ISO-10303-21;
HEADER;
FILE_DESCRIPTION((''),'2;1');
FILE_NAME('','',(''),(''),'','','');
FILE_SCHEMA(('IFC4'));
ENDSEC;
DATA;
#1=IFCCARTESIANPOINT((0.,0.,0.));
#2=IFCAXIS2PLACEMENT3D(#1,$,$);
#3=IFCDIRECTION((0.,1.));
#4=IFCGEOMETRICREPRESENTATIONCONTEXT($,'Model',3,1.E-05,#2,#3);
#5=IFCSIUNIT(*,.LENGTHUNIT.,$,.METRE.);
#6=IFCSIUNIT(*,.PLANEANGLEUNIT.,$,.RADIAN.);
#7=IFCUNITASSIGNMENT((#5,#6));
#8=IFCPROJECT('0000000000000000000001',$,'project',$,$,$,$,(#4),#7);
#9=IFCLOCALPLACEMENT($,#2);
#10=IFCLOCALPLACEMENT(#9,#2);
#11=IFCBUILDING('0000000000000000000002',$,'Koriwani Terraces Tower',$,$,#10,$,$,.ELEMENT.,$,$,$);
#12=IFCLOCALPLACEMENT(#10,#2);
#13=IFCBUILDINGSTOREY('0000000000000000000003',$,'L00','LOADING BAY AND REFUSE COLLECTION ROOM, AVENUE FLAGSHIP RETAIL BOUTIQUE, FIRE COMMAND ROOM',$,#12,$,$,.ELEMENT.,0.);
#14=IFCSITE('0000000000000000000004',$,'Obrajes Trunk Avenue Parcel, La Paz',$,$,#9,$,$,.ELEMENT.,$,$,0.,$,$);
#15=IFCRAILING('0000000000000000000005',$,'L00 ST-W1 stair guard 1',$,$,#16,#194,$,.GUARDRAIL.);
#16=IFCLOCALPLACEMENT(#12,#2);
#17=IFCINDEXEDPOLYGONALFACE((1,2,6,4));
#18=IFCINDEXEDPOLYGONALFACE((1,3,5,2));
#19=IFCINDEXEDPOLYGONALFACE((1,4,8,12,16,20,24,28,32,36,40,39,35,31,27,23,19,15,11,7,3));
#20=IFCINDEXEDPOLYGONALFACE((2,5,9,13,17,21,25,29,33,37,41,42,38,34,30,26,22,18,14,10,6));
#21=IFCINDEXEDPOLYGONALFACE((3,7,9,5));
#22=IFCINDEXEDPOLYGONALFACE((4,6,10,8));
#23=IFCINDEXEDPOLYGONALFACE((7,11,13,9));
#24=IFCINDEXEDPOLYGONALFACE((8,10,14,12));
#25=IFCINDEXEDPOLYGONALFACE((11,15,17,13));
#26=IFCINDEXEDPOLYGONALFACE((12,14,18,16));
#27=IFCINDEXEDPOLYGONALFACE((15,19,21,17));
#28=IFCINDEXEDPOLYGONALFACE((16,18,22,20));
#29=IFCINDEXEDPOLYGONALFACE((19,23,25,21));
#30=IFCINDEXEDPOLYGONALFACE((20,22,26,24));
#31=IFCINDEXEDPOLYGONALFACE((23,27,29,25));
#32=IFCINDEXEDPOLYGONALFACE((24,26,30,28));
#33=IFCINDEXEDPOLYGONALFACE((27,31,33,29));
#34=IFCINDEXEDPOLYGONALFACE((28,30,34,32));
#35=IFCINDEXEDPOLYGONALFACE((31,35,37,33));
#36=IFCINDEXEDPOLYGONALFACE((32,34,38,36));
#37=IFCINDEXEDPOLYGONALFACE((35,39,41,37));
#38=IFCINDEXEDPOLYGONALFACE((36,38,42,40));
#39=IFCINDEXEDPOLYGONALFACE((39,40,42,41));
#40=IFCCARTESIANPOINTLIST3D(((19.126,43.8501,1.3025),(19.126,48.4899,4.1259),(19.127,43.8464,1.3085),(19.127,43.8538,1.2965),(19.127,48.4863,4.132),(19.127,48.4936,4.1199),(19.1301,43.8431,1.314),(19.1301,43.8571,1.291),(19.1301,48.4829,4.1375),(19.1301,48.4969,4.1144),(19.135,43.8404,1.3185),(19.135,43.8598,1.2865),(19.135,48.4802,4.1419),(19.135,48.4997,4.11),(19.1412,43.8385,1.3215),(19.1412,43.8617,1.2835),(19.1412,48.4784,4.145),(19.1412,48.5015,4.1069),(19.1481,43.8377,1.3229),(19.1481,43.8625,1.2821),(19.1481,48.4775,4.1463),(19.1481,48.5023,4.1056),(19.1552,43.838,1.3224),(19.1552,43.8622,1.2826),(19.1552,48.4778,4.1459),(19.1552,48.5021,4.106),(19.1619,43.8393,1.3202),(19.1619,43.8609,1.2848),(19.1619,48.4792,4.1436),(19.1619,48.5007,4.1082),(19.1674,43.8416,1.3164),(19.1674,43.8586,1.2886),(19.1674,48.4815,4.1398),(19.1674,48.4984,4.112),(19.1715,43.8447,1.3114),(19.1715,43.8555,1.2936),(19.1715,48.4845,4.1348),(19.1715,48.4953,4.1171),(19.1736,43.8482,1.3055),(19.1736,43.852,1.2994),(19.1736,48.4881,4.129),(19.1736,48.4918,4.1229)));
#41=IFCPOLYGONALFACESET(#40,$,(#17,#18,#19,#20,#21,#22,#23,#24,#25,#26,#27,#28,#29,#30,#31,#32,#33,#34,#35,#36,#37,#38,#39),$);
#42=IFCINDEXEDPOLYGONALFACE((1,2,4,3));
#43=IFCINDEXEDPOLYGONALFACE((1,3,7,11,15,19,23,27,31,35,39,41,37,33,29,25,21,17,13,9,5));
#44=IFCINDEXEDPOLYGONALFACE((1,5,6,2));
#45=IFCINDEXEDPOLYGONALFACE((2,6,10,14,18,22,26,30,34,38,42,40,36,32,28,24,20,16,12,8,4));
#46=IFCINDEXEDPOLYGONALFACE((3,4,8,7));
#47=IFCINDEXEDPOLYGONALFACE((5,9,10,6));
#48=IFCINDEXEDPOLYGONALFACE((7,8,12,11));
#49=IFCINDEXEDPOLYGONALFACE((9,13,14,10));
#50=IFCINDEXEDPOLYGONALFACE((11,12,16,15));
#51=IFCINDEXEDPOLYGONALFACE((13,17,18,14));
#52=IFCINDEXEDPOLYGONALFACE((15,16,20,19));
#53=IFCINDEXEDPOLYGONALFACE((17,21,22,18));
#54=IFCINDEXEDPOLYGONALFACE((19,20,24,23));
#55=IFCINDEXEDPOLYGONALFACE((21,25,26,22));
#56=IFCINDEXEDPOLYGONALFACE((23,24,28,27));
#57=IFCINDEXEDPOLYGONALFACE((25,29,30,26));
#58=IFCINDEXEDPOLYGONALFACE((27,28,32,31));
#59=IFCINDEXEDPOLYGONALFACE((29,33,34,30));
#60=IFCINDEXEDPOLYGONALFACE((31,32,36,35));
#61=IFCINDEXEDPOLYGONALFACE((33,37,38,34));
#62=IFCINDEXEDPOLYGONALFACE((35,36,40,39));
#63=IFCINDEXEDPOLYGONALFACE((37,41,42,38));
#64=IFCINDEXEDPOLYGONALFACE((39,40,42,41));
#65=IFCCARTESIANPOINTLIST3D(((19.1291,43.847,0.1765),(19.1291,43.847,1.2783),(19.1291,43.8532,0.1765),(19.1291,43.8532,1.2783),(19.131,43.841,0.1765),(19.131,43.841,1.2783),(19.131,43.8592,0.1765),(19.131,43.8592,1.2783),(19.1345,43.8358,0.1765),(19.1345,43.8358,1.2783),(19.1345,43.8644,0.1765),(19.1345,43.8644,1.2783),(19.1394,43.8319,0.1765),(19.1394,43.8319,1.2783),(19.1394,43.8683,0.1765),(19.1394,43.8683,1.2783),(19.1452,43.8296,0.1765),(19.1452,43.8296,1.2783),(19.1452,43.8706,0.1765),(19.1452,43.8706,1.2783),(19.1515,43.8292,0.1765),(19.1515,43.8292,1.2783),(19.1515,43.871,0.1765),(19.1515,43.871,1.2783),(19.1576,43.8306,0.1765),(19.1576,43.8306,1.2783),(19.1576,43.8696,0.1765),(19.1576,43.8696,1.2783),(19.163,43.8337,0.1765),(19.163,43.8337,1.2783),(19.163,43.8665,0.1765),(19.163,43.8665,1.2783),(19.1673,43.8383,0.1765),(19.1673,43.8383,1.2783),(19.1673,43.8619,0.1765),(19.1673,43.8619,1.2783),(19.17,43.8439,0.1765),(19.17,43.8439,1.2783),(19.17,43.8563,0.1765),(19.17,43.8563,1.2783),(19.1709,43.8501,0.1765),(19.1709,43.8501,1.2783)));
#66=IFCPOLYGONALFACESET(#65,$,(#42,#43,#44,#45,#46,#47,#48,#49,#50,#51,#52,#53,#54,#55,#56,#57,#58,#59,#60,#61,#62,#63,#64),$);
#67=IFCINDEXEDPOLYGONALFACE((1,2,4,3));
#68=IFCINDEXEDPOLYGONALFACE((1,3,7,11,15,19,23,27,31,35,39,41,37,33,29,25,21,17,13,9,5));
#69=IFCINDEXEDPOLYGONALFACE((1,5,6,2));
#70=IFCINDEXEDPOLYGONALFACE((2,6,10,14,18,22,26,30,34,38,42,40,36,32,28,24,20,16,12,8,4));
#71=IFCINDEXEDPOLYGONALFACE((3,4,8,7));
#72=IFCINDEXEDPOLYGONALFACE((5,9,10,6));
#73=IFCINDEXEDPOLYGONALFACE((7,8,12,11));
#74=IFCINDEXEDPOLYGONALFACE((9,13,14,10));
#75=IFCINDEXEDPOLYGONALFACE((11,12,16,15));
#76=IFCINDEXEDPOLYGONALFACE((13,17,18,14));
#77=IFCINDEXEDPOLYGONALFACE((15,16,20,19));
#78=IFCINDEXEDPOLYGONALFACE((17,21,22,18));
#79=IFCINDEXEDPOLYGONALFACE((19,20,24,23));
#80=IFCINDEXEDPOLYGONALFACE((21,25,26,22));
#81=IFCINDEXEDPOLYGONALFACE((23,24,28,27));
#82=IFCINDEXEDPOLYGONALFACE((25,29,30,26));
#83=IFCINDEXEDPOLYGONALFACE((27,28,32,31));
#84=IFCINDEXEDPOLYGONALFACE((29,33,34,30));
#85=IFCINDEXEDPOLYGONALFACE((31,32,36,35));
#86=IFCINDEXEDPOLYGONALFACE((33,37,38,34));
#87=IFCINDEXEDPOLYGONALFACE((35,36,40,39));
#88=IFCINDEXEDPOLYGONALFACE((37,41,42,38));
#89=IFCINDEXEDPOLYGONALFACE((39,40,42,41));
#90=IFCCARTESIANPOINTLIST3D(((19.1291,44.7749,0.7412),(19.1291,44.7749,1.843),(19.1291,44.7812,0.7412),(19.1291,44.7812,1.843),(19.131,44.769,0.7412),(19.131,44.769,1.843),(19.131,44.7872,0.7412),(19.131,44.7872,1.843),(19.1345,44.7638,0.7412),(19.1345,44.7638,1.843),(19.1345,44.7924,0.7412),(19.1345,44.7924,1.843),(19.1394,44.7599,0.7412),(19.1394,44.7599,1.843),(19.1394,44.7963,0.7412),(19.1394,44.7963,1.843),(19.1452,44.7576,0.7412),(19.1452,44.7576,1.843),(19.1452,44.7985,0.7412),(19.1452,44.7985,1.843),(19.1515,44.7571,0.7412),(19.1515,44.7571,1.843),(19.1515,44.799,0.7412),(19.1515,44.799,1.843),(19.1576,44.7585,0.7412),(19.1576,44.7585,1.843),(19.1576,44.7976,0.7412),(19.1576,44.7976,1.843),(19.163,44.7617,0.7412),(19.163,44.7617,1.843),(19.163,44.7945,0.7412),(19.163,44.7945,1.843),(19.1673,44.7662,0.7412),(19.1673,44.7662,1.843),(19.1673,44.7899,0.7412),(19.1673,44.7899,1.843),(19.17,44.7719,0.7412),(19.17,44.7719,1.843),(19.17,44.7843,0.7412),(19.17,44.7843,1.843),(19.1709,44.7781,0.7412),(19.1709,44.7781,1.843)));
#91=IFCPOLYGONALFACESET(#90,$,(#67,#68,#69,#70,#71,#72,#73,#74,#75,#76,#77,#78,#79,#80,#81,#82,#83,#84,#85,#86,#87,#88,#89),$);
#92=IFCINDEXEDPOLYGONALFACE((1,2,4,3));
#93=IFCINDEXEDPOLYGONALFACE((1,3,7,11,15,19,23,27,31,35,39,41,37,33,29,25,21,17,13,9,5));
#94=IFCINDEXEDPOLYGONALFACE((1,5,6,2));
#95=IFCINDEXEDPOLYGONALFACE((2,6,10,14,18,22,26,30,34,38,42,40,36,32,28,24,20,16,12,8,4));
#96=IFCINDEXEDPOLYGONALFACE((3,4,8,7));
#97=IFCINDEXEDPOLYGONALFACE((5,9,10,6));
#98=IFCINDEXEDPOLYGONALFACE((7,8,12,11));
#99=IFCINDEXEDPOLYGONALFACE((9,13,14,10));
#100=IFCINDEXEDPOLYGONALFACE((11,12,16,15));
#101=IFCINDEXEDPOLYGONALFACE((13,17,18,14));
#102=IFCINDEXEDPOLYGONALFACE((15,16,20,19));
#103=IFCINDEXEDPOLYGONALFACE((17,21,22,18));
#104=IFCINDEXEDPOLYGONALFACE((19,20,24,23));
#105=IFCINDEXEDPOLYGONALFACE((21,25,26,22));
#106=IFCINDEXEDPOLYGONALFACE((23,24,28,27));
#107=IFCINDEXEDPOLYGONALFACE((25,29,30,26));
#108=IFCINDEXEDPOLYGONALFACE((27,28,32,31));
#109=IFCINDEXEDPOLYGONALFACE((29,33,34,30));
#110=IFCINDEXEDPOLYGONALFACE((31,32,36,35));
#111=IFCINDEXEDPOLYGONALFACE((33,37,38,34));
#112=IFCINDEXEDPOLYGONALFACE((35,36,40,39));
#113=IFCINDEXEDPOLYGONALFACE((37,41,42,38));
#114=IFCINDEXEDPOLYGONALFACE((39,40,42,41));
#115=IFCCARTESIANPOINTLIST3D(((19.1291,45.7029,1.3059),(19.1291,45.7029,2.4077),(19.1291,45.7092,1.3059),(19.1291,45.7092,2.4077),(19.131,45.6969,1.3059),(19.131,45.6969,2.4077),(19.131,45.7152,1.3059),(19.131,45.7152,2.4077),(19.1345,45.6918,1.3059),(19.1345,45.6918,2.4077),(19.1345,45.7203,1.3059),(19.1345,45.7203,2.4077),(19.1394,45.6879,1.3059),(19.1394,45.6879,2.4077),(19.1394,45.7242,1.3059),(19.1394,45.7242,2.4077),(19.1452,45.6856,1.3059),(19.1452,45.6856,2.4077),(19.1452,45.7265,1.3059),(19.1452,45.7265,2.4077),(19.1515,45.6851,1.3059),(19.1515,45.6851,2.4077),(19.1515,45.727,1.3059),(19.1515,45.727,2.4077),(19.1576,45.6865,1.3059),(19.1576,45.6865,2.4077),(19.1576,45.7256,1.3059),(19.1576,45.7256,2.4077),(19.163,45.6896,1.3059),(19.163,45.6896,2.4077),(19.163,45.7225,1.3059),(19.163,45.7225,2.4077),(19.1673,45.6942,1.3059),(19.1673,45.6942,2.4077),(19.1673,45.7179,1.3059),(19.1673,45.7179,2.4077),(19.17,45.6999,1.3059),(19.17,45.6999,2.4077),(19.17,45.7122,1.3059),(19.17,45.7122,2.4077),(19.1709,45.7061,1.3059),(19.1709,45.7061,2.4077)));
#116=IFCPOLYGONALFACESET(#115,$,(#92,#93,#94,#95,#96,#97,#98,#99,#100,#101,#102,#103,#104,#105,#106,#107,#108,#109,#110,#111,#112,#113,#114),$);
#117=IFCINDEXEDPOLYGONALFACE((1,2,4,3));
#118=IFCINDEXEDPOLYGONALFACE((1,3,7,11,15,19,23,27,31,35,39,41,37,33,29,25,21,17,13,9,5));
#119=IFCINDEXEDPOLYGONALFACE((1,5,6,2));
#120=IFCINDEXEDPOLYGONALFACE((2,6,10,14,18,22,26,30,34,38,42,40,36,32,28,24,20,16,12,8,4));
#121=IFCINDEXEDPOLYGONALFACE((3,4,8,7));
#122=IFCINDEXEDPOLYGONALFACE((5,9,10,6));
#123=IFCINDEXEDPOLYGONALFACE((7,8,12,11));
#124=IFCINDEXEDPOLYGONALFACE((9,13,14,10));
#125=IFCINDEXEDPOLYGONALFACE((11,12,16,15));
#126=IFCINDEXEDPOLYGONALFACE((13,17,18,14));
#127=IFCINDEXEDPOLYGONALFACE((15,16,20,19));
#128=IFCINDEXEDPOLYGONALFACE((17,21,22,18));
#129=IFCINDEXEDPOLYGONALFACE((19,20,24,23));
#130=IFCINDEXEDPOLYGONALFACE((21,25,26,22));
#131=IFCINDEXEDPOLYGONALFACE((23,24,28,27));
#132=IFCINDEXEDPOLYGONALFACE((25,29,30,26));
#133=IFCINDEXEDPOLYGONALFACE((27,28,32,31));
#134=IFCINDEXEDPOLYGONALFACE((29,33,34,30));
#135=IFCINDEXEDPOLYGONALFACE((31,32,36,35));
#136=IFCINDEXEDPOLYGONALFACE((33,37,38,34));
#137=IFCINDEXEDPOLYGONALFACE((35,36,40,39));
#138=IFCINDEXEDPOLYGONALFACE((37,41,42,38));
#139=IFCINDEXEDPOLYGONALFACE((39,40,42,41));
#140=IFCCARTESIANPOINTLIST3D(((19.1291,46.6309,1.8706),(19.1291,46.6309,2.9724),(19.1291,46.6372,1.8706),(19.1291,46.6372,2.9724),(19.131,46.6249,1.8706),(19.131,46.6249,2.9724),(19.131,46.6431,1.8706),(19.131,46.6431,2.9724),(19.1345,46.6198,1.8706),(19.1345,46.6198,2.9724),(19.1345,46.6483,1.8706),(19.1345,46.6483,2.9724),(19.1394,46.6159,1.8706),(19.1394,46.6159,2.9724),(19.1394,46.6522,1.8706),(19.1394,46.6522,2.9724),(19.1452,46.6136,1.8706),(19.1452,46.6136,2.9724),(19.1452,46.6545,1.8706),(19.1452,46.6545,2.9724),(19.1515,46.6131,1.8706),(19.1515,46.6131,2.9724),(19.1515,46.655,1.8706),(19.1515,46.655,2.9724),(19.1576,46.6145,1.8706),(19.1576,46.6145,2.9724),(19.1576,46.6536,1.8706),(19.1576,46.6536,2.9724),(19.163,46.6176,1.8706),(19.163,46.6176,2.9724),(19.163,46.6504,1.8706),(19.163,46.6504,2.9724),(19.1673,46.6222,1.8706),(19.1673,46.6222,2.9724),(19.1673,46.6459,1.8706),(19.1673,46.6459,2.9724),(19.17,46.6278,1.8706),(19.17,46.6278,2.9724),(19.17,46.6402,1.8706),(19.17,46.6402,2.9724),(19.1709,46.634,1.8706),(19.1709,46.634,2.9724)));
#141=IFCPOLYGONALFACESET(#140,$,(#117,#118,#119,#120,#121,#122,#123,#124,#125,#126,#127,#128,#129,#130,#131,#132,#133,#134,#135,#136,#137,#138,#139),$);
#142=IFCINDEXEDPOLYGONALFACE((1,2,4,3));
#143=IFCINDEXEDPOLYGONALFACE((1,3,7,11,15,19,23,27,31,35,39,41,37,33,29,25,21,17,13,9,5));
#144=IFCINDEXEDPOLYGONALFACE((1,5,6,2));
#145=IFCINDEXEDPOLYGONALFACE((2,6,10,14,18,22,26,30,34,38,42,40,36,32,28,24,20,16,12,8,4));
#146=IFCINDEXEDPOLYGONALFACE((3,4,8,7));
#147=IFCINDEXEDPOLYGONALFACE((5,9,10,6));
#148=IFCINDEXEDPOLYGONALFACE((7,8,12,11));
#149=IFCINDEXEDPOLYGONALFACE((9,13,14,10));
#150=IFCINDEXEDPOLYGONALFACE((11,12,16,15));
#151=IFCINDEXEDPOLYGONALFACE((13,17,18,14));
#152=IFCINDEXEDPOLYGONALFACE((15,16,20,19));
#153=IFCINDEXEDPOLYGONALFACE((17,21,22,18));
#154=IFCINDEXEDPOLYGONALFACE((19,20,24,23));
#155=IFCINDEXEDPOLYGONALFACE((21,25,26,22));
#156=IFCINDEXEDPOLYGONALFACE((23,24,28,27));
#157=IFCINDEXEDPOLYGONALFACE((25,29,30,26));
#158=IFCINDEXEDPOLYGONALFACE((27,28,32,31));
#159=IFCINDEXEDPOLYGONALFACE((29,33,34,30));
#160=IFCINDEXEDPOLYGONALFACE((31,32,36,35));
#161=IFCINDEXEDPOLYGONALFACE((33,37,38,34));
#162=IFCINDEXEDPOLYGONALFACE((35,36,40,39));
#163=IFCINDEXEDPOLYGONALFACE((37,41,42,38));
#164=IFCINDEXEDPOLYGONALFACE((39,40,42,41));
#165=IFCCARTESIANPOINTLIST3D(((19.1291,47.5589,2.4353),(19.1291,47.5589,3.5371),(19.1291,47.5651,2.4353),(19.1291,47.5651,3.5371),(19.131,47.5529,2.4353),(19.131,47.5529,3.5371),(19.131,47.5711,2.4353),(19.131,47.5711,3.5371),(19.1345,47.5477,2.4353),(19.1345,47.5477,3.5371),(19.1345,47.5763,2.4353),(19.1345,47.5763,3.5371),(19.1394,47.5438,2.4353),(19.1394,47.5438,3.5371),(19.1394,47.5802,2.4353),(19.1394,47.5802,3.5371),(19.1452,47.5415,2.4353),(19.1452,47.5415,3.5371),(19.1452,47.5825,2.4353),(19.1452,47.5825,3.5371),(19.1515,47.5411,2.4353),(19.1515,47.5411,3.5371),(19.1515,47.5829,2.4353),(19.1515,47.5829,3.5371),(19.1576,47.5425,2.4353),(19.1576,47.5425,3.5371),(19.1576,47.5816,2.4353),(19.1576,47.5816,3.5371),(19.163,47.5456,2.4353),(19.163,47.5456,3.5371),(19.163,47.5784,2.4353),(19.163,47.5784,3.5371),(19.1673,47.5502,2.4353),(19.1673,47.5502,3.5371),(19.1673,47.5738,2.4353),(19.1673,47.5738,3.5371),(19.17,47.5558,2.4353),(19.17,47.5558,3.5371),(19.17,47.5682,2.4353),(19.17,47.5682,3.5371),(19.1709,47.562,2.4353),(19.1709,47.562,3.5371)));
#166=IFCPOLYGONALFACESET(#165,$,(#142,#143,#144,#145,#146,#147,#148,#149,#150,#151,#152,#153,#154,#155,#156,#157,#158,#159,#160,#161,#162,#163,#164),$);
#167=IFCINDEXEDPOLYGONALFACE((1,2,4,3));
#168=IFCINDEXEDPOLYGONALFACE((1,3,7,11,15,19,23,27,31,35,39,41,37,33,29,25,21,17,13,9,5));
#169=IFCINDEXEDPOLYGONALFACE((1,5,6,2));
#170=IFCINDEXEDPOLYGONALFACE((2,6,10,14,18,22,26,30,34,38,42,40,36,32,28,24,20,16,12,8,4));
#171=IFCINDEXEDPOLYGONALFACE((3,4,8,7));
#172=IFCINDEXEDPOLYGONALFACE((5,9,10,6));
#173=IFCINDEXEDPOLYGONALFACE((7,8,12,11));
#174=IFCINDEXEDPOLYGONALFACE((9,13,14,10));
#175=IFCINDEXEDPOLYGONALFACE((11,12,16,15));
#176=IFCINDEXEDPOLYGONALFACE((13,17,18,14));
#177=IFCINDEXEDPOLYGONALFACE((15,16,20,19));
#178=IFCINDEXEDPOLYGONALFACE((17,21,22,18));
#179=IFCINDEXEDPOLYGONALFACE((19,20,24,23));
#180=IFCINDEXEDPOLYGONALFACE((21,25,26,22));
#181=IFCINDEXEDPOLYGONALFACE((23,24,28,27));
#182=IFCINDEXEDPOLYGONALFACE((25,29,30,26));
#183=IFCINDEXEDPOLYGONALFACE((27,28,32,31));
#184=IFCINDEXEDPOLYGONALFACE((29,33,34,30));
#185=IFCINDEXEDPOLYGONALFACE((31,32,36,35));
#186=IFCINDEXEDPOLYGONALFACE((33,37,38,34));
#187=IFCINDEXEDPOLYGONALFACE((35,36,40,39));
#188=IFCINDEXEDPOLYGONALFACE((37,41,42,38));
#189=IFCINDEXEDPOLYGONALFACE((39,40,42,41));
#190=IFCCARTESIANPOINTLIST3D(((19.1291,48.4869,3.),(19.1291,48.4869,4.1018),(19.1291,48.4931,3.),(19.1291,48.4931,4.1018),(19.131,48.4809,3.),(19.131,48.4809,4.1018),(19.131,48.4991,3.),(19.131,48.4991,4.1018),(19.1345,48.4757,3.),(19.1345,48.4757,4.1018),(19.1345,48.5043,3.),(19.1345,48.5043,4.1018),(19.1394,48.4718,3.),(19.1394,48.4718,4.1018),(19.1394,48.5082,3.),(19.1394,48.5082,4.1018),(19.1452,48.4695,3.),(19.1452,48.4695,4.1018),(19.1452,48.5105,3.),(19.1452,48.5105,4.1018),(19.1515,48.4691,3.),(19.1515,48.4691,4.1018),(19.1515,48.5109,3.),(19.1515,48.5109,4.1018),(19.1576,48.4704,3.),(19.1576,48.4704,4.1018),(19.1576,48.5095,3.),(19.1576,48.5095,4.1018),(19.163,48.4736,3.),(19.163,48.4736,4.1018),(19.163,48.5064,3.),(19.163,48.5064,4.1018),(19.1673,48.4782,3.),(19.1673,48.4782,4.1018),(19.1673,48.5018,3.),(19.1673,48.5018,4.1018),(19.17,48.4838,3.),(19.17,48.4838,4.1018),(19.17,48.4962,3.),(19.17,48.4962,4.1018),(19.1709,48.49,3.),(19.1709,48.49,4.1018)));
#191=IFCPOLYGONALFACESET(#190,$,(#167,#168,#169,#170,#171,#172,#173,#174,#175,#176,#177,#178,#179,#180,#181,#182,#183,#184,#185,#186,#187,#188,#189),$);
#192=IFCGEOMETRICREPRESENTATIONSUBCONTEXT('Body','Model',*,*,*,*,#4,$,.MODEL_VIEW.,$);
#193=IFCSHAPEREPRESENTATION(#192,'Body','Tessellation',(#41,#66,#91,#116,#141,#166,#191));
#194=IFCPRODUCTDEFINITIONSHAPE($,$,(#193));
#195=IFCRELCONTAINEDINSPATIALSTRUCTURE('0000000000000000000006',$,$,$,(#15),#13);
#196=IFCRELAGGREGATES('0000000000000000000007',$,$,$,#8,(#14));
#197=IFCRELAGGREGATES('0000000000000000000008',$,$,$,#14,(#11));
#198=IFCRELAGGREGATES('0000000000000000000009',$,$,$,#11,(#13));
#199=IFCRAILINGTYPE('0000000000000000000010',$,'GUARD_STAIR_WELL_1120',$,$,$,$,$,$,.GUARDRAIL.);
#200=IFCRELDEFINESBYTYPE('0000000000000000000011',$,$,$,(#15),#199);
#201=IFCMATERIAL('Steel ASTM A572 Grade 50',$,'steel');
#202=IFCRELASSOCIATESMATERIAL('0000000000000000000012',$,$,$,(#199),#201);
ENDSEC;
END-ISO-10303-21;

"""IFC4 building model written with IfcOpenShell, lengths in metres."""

from ifc_helpers import new_model, si_unit, direction, frame, origin, origin_2d, place, context, subcontext, project, spatial, circle, extrude, material, type_object, element, save


model = new_model("IFC4")

# Units and contexts
model_context = context("Model", 3, precision=1e-05, world=origin(), true_north=direction((0.0, 1.0)))
body_context = subcontext(model_context, "Body", "Model", "MODEL_VIEW")
ifc_project = project(units=[si_unit("LENGTHUNIT", "METRE"), si_unit("PLANEANGLEUNIT", "RADIAN")], contexts=[model_context])

# Site, building, storey
site_placement = place(None, origin())
site = spatial("IfcSite", under=ifc_project, at=site_placement, Name="Obrajes Trunk Avenue Parcel, La Paz", CompositionType="ELEMENT", RefElevation=0.0)
building_placement = place(site_placement, origin())
building = spatial("IfcBuilding", under=site, at=building_placement, Name="Koriwani Terraces Tower", CompositionType="ELEMENT")
storey_placement = place(building_placement, origin())
storey = spatial("IfcBuildingStorey", under=building, at=storey_placement, Name="L00", Description="LOADING BAY AND REFUSE COLLECTION ROOM, AVENUE FLAGSHIP RETAIL BOUTIQUE, FIRE COMMAND ROOM", CompositionType="ELEMENT", Elevation=0.0)

# Shared definitions
ifc_material_1 = material(Name="Steel ASTM A572 Grade 50", Category="steel")

# Railing
railing_type_1 = type_object("IfcRailingType", Name="GUARD_STAIR_WELL_1120", PredefinedType="GUARDRAIL", material=ifc_material_1)
railing_1_placement = place(storey_placement, frame((19.1499, 43.8501, 0.1765)))
element("IfcRailing", 1, at=railing_1_placement, inside=storey, type_object=railing_type_1, Name="L00 ST-W1 stair guard 1", PredefinedType="GUARDRAIL", context=body_context, shape_type="SweptSolid", body=[
    extrude(circle(Radius=0.0239, at=origin_2d()), frame((0.0, 0.0, 1.126), z_axis=(0.0, 0.854264, 0.51984), x_axis=(-1.0, 0.0, 0.0)), (0.0, 0.0, 1.0), 5.4314),
    extrude(circle(Radius=0.021, at=origin_2d()), origin(), (0.0, 0.0, 1.0), 1.1018),
    extrude(circle(Radius=0.021, at=origin_2d()), frame((0.0, 0.928, 0.5647)), (0.0, 0.0, 1.0), 1.1018),
    extrude(circle(Radius=0.021, at=origin_2d()), frame((0.0, 1.856, 1.1294)), (0.0, 0.0, 1.0), 1.1018),
    extrude(circle(Radius=0.021, at=origin_2d()), frame((0.0, 2.7839, 1.6941)), (0.0, 0.0, 1.0), 1.1018),
    extrude(circle(Radius=0.021, at=origin_2d()), frame((0.0, 3.7119, 2.2588)), (0.0, 0.0, 1.0), 1.1018),
    extrude(circle(Radius=0.021, at=origin_2d()), frame((0.0, 4.6399, 2.8235)), (0.0, 0.0, 1.0), 1.1018),
])

save(model, "model.ifc")
